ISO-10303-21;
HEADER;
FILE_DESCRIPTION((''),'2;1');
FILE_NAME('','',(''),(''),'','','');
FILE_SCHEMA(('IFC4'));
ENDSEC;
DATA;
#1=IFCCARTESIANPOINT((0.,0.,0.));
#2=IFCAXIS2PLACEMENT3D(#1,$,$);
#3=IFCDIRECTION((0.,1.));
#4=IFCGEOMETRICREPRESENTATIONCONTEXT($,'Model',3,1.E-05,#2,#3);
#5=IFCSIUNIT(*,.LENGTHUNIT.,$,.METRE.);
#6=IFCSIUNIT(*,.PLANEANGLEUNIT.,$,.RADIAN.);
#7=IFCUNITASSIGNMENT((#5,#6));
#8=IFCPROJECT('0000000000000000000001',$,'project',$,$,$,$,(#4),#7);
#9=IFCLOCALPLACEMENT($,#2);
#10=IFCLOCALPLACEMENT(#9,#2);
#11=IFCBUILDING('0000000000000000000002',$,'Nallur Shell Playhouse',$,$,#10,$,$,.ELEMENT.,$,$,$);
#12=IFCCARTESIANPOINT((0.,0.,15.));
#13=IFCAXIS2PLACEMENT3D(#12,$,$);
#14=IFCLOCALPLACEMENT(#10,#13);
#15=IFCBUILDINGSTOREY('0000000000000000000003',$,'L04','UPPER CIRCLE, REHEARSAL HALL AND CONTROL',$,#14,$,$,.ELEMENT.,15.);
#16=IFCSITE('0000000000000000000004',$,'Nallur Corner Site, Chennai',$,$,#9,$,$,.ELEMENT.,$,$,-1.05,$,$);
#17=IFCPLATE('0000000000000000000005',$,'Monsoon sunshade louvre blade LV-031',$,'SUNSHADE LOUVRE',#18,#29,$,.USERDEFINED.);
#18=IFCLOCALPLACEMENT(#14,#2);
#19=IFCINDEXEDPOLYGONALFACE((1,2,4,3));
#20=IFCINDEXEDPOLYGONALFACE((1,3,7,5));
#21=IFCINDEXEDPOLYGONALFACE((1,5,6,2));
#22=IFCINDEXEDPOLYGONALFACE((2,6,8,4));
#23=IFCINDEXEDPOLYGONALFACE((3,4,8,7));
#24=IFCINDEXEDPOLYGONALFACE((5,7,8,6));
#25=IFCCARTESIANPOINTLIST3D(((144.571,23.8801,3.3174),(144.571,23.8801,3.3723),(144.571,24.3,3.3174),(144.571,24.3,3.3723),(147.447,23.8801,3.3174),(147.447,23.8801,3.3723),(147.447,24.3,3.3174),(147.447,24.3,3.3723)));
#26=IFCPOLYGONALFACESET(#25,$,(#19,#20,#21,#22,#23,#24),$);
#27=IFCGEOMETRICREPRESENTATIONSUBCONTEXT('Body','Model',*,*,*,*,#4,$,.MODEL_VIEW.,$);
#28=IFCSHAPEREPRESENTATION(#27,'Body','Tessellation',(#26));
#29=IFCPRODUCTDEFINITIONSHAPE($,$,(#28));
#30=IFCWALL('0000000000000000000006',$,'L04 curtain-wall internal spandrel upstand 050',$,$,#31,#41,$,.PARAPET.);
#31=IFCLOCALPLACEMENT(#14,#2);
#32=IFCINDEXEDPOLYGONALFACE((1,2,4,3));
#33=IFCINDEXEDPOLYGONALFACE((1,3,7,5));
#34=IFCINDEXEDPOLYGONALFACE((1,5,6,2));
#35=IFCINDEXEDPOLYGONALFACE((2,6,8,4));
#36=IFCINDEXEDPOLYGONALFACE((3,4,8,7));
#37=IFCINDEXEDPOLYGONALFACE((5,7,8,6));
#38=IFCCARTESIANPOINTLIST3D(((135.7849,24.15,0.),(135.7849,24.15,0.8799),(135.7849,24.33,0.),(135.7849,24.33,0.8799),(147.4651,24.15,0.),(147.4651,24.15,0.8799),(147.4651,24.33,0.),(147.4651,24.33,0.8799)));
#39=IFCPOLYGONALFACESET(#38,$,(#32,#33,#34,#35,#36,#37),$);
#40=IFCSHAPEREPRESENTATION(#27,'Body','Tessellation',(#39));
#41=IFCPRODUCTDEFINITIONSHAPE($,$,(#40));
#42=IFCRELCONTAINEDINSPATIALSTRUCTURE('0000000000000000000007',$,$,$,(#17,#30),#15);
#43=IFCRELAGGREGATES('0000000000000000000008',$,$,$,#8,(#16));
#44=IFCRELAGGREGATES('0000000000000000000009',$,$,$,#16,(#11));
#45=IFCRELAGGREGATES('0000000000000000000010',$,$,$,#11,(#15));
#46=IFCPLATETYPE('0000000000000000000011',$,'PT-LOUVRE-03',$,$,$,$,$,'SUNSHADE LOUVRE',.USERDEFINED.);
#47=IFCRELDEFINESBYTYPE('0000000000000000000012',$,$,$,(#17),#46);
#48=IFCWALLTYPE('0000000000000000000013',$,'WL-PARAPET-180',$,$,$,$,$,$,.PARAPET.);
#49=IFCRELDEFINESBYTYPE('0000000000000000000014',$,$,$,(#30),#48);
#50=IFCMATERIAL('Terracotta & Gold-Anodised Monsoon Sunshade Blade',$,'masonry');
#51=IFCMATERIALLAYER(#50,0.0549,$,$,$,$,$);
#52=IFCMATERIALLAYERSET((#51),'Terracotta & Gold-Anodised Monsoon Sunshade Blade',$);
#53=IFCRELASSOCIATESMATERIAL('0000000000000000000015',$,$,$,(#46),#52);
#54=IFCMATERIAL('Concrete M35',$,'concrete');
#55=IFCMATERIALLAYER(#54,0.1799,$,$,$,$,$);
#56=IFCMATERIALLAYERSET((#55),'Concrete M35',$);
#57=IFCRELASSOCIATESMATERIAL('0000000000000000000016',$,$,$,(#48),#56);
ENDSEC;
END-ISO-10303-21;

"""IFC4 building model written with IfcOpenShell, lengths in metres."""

from ifc_helpers import new_model, si_unit, direction, frame, frame_2d, origin, origin_2d, place, context, subcontext, project, spatial, rectangle, extrude, material, layer, layer_set, type_object, element, save


model = new_model("IFC4")

# Units and contexts
model_context = context("Model", 3, precision=1e-05, world=origin(), true_north=direction((0.0, 1.0)))
body_context = subcontext(model_context, "Body", "Model", "MODEL_VIEW")
ifc_project = project(units=[si_unit("LENGTHUNIT", "METRE"), si_unit("PLANEANGLEUNIT", "RADIAN")], contexts=[model_context])

# Site, building, storey
site_placement = place(None, origin())
site = spatial("IfcSite", under=ifc_project, at=site_placement, Name="Nallur Corner Site, Chennai", CompositionType="ELEMENT", RefElevation=-1.05)
building_placement = place(site_placement, origin())
building = spatial("IfcBuilding", under=site, at=building_placement, Name="Nallur Shell Playhouse", CompositionType="ELEMENT")
storey_placement = place(building_placement, frame((0.0, 0.0, 15.0)))
storey = spatial("IfcBuildingStorey", under=building, at=storey_placement, Name="L04", Description="UPPER CIRCLE, REHEARSAL HALL AND CONTROL", CompositionType="ELEMENT", Elevation=15.0)

# Plate
ifc_material_1 = material(Name="Terracotta & Gold-Anodised Monsoon Sunshade Blade", Category="masonry")
ifc_layer_1 = layer(ifc_material_1, 0.0549)
ifc_layer_set_1 = layer_set([ifc_layer_1], Name="Terracotta & Gold-Anodised Monsoon Sunshade Blade")
plate_type_1 = type_object("IfcPlateType", Name="PT-LOUVRE-03", ElementType="SUNSHADE LOUVRE", PredefinedType="USERDEFINED", material=ifc_layer_set_1)
plate_1_placement = place(storey_placement, frame((146.009, 24.0901, 3.3174), z_axis=(0.0, 0.0, 1.0), x_axis=(-1.0, 0.0, 0.0)))
element("IfcPlate", 1, at=plate_1_placement, inside=storey, type_object=plate_type_1, Name="Monsoon sunshade louvre blade LV-031", ObjectType="SUNSHADE LOUVRE", PredefinedType="USERDEFINED", context=body_context, shape_type="SweptSolid", body=[
    extrude(rectangle(XDim=2.876, YDim=0.4199, at=origin_2d()), origin(), (0.0, 0.0, 1.0), 0.0549),
])

# Wall
ifc_material_2 = material(Name="Concrete M35", Category="concrete")
ifc_layer_2 = layer(ifc_material_2, 0.1799)
ifc_layer_set_2 = layer_set([ifc_layer_2], Name="Concrete M35")
wall_type = type_object("IfcWallType", Name="WL-PARAPET-180", PredefinedType="PARAPET", material=ifc_layer_set_2)
wall_placement = place(storey_placement, frame((147.4651, 24.24, 0.0), z_axis=(0.0, 0.0, 1.0), x_axis=(-1.0, 0.0, 0.0)))
element("IfcWall", 2, at=wall_placement, inside=storey, type_object=wall_type, Name="L04 curtain-wall internal spandrel upstand 050", PredefinedType="PARAPET", context=body_context, shape_type="SweptSolid", body=[
    extrude(rectangle(XDim=11.6802, YDim=0.1799, at=frame_2d((5.8401, 0.0))), origin(), (0.0, 0.0, 1.0), 0.8799),
])

save(model, "model.ifc")
